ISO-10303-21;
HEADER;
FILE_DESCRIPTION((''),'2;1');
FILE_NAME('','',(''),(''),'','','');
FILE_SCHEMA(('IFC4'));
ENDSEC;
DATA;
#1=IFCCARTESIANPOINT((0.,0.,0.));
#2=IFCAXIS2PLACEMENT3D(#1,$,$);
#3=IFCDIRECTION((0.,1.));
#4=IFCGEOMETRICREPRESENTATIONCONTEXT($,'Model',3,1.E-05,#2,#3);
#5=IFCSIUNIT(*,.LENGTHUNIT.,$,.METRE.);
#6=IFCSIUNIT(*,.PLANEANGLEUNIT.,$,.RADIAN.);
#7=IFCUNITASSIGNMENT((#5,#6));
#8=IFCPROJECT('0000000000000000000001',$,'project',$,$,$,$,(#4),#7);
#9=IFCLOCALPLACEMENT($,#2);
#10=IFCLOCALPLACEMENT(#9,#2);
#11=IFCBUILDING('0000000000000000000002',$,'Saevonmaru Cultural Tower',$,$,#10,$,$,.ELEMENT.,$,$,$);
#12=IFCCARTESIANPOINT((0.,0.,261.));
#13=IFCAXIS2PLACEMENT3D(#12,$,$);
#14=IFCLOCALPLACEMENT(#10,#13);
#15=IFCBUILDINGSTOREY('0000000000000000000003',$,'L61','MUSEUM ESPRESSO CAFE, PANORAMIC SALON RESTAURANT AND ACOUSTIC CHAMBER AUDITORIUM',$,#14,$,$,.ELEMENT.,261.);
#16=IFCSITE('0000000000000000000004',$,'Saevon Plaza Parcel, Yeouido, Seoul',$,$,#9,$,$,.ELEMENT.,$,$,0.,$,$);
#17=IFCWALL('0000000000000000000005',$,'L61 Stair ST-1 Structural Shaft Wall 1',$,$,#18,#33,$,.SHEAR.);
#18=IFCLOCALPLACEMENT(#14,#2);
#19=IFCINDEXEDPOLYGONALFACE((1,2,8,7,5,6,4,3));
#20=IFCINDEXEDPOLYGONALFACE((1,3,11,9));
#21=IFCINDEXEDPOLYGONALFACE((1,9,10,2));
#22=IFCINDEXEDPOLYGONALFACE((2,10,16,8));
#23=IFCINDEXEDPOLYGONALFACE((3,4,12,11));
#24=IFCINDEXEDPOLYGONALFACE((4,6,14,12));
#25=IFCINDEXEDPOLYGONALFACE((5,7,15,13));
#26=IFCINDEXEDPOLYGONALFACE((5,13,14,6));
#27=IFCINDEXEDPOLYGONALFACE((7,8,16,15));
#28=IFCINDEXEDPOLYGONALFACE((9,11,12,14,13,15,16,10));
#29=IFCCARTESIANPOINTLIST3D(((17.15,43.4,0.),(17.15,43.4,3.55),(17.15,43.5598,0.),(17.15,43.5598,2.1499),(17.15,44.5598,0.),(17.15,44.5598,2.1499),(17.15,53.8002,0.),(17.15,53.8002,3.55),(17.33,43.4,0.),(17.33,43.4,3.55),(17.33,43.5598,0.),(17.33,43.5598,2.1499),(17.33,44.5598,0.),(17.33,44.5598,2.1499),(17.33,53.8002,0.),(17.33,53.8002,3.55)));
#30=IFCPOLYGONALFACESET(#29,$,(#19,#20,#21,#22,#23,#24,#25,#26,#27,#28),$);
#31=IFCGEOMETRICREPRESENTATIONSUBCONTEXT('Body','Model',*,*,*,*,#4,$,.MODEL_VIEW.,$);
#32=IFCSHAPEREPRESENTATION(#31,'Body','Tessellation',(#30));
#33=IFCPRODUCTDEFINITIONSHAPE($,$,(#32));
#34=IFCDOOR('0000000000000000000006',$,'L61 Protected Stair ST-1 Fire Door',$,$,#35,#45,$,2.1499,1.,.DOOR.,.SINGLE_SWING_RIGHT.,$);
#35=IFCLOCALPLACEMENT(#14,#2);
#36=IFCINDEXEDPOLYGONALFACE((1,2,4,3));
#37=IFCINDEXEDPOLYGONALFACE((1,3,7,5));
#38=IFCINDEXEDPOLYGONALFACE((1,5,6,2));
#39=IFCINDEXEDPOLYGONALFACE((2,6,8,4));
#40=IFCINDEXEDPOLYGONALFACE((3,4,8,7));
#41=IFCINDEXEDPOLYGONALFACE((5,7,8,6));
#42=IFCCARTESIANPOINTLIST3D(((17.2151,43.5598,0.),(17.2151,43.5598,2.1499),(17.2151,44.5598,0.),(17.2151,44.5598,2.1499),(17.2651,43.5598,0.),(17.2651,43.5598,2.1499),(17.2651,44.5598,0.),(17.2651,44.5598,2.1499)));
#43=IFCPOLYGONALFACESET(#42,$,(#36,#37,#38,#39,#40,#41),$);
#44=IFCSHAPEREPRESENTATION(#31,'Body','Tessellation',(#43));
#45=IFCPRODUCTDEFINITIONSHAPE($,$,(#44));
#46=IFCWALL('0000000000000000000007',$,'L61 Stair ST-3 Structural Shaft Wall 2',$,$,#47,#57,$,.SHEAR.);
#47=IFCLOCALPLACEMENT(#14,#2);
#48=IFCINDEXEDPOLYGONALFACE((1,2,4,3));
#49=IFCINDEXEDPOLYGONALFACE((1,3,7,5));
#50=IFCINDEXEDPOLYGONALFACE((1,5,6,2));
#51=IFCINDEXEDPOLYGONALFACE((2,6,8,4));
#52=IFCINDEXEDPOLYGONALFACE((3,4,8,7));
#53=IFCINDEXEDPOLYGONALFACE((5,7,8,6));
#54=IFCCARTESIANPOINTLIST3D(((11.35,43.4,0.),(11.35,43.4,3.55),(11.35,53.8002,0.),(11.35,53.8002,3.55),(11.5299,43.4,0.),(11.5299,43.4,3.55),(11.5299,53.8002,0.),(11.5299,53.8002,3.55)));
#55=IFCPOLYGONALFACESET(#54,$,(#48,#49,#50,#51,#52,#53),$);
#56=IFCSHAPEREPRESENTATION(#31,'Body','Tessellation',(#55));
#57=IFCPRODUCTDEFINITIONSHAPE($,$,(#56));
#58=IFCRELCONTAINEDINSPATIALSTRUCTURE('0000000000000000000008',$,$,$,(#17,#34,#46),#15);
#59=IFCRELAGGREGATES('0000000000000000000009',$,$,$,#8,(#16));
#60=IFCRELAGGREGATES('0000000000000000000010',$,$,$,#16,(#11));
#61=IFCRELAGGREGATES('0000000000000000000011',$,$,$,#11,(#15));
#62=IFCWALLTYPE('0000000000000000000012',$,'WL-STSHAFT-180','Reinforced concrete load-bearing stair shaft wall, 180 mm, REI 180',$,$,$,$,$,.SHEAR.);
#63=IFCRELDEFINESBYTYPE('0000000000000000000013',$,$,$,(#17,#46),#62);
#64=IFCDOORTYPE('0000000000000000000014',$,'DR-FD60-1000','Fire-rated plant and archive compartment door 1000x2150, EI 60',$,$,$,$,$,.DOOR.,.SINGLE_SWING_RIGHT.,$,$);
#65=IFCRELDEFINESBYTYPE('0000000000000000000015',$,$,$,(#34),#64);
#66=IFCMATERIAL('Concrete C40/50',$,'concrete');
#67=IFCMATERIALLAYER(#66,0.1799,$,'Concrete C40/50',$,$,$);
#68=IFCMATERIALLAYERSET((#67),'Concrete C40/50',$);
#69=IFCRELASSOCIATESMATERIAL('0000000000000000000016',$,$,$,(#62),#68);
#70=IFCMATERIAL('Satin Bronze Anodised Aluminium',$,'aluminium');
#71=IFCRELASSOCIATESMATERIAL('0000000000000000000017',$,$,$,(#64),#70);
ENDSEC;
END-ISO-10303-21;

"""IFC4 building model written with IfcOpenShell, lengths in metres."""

from ifc_helpers import new_model, si_unit, direction, frame, frame_2d, origin, place, context, subcontext, project, spatial, rectangle, extrude, material, layer, layer_set, type_object, element, fill, save


model = new_model("IFC4")

# Units and contexts
model_context = context("Model", 3, precision=1e-05, world=origin(), true_north=direction((0.0, 1.0)))
body_context = subcontext(model_context, "Body", "Model", "MODEL_VIEW")
ifc_project = project(units=[si_unit("LENGTHUNIT", "METRE"), si_unit("PLANEANGLEUNIT", "RADIAN")], contexts=[model_context])

# Site, building, storey
site_placement = place(None, origin())
site = spatial("IfcSite", under=ifc_project, at=site_placement, Name="Saevon Plaza Parcel, Yeouido, Seoul", CompositionType="ELEMENT", RefElevation=0.0)
building_placement = place(site_placement, origin())
building = spatial("IfcBuilding", under=site, at=building_placement, Name="Saevonmaru Cultural Tower", CompositionType="ELEMENT")
storey_placement = place(building_placement, frame((0.0, 0.0, 261.0)))
storey = spatial("IfcBuildingStorey", under=building, at=storey_placement, Name="L61", Description="MUSEUM ESPRESSO CAFE, PANORAMIC SALON RESTAURANT AND ACOUSTIC CHAMBER AUDITORIUM", CompositionType="ELEMENT", Elevation=261.0)

# Shared definitions
ifc_material_1 = material(Name="Satin Bronze Anodised Aluminium", Category="aluminium")

# Wall, opening, door
ifc_material_2 = material(Name="Concrete C40/50", Category="concrete")
ifc_layer_1 = layer(ifc_material_2, 0.1799, Name="Concrete C40/50")
ifc_layer_set_1 = layer_set([ifc_layer_1], Name="Concrete C40/50")
wall_type_1 = type_object("IfcWallType", Name="WL-STSHAFT-180", Description="Reinforced concrete load-bearing stair shaft wall, 180 mm, REI 180", PredefinedType="SHEAR", material=ifc_layer_set_1)
wall_1_placement = place(storey_placement, frame((17.24, 43.3999, 0.0), z_axis=(0.0, 0.0, 1.0), x_axis=(0.0, 1.0, 0.0)))
wall_1 = element("IfcWall", 1, at=wall_1_placement, inside=storey, type_object=wall_type_1, Name="L61 Stair ST-1 Structural Shaft Wall 1", PredefinedType="SHEAR", context=body_context, shape_type="SweptSolid", body=[
    extrude(rectangle(XDim=10.4001, YDim=0.1799, at=frame_2d((5.2002, 0.0))), origin(), (0.0, 0.0, 1.0), 3.55),
])
opening_1_placement = place(wall_1_placement, frame((0.1599, 0.0, 0.0)))
opening_1 = element("IfcOpeningElement", 2, at=opening_1_placement, cuts=wall_1, PredefinedType="OPENING", context=body_context, shape_type="SweptSolid", body=[
    extrude(rectangle(XDim=1.0, YDim=2.1499, at=frame_2d((0.5, 1.075))), frame((0.0, 0.1001, 0.0), z_axis=(0.0, -1.0, 0.0), x_axis=(1.0, 0.0, 0.0)), (0.0, 0.0, 1.0), 0.2),
])
door_type_1 = type_object("IfcDoorType", Name="DR-FD60-1000", Description="Fire-rated plant and archive compartment door 1000x2150, EI 60", OperationType="SINGLE_SWING_RIGHT", PredefinedType="DOOR", material=ifc_material_1)
door_1_placement = place(opening_1_placement, origin())
door_1 = element("IfcDoor", 3, at=door_1_placement, inside=storey, type_object=door_type_1, Name="L61 Protected Stair ST-1 Fire Door", OperationType="SINGLE_SWING_RIGHT", OverallHeight=2.1499, OverallWidth=1.0, PredefinedType="DOOR", context=body_context, shape_type="SweptSolid", body=[
    extrude(rectangle(XDim=1.0, YDim=2.1499, at=frame_2d((0.5, 1.075))), frame((0.0, 0.0249, 0.0), z_axis=(0.0, -1.0, 0.0), x_axis=(1.0, 0.0, 0.0)), (0.0, 0.0, 1.0), 0.05),
])
fill(opening_1, door_1)

# Wall
wall_2_placement = place(storey_placement, frame((11.4399, 43.3999, 0.0), z_axis=(0.0, 0.0, 1.0), x_axis=(0.0, 1.0, 0.0)))
element("IfcWall", 4, at=wall_2_placement, inside=storey, type_object=wall_type_1, Name="L61 Stair ST-3 Structural Shaft Wall 2", PredefinedType="SHEAR", context=body_context, shape_type="SweptSolid", body=[
    extrude(rectangle(XDim=10.4001, YDim=0.1799, at=frame_2d((5.2002, 0.0))), origin(), (0.0, 0.0, 1.0), 3.55),
])

save(model, "model.ifc")
